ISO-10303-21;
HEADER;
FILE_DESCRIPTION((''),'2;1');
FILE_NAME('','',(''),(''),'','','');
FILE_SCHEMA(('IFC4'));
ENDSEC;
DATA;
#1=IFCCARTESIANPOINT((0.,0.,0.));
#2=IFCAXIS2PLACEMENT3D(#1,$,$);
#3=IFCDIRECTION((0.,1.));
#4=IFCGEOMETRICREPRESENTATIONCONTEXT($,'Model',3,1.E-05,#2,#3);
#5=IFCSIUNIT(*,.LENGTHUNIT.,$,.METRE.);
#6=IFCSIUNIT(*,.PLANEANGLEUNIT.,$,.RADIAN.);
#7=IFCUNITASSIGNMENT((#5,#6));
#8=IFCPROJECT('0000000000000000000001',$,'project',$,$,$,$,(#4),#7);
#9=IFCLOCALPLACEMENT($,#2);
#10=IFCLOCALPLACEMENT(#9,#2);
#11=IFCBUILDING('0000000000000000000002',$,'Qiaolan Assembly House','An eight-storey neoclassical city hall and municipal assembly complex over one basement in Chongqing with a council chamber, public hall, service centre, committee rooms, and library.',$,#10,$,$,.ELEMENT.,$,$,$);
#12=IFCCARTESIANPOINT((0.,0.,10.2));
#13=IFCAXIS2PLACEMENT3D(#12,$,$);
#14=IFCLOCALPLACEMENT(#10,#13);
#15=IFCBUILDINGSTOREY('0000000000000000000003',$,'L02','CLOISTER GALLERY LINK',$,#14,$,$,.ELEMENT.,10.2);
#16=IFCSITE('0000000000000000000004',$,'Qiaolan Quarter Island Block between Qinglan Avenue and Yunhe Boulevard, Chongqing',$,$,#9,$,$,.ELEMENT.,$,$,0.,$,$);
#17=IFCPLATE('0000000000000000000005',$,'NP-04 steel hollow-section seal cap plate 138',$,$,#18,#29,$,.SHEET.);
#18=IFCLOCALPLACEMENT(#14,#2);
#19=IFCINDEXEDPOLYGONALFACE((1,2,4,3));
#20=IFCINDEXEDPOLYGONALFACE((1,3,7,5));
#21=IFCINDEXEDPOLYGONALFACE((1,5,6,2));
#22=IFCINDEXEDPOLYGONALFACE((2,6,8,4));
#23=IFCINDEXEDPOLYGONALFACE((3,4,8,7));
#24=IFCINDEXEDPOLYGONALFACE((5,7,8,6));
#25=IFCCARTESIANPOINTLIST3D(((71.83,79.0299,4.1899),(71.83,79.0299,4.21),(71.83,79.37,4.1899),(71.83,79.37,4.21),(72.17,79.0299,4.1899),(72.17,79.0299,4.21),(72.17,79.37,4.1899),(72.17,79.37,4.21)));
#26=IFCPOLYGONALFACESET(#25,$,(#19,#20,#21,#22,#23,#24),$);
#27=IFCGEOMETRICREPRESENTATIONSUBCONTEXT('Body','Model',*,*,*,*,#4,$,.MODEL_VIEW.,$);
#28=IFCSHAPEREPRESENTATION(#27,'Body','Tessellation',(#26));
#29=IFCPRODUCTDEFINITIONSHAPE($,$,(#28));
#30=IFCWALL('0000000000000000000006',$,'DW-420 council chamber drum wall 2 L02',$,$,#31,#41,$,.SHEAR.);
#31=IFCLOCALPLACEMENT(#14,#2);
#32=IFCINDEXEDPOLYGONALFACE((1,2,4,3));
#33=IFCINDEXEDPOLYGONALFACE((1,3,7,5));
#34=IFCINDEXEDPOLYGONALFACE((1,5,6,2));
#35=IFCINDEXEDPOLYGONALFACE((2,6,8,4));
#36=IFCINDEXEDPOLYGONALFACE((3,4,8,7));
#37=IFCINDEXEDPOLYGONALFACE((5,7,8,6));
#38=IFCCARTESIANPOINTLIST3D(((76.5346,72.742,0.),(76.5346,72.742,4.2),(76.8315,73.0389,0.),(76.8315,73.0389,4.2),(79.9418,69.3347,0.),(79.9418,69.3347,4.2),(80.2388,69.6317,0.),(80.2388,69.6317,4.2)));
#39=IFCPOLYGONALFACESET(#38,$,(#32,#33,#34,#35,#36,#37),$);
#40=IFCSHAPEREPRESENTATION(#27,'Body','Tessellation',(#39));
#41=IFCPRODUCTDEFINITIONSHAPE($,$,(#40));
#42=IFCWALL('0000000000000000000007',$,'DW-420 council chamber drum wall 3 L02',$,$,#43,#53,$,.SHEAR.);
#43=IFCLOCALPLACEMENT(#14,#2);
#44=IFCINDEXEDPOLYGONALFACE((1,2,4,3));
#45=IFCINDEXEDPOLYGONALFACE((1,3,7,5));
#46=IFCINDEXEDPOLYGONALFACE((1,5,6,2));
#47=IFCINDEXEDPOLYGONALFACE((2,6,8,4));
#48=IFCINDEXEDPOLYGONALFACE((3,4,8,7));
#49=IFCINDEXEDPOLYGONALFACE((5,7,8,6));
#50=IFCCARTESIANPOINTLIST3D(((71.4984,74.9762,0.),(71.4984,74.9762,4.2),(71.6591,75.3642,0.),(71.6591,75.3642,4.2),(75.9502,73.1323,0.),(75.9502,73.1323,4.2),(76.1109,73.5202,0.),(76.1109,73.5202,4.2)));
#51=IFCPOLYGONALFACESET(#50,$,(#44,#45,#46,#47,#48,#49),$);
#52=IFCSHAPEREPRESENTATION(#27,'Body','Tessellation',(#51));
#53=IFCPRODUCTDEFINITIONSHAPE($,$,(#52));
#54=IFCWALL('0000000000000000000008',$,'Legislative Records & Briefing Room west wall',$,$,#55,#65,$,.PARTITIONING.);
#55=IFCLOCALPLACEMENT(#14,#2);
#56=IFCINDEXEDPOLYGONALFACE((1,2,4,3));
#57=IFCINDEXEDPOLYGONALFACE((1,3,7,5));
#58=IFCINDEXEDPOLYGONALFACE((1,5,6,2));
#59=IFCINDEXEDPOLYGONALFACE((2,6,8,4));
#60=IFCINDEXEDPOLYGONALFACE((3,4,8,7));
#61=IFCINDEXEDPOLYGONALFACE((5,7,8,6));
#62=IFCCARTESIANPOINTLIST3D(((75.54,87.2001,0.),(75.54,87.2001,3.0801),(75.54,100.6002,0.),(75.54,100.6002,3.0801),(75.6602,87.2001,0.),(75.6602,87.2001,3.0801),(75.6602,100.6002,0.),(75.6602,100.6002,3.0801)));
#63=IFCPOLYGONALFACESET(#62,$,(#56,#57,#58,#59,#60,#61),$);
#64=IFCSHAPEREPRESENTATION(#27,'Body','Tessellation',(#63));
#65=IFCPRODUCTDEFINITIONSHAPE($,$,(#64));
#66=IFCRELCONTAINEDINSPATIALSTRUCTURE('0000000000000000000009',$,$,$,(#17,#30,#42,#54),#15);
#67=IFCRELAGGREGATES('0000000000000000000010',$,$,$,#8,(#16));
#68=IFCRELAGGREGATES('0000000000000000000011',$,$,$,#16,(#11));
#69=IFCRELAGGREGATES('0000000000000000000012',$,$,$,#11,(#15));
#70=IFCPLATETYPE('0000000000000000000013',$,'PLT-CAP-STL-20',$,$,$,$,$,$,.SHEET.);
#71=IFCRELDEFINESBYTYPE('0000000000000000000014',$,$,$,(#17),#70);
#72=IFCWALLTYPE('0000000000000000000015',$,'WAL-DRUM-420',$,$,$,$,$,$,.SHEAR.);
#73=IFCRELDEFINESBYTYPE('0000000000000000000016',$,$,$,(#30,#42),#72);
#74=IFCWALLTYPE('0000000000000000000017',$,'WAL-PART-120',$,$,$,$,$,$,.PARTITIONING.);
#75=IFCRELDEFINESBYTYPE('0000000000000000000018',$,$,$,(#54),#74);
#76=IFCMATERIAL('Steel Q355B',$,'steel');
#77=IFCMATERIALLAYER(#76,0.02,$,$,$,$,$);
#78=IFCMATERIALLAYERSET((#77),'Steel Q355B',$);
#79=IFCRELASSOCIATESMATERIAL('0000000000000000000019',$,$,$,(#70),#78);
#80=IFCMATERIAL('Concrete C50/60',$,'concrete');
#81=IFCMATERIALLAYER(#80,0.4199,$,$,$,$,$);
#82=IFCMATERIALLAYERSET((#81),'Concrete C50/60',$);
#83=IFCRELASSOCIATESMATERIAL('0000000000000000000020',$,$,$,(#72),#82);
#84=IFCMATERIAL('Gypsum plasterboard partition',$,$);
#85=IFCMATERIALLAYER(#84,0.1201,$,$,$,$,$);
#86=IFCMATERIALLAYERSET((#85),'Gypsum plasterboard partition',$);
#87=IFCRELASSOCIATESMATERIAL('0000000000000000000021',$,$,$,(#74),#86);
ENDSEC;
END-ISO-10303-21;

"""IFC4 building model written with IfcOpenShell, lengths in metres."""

from ifc_helpers import new_model, si_unit, direction, frame, frame_2d, origin, origin_2d, place, context, subcontext, project, spatial, rectangle, extrude, material, layer, layer_set, type_object, element, save


model = new_model("IFC4")

# Units and contexts
model_context = context("Model", 3, precision=1e-05, world=origin(), true_north=direction((0.0, 1.0)))
body_context = subcontext(model_context, "Body", "Model", "MODEL_VIEW")
ifc_project = project(units=[si_unit("LENGTHUNIT", "METRE"), si_unit("PLANEANGLEUNIT", "RADIAN")], contexts=[model_context])

# Site, building, storey
site_placement = place(None, origin())
site = spatial("IfcSite", under=ifc_project, at=site_placement, Name="Qiaolan Quarter Island Block between Qinglan Avenue and Yunhe Boulevard, Chongqing", CompositionType="ELEMENT", RefElevation=0.0)
building_placement = place(site_placement, origin())
building = spatial("IfcBuilding", under=site, at=building_placement, Name="Qiaolan Assembly House", Description="An eight-storey neoclassical city hall and municipal assembly complex over one basement in Chongqing with a council chamber, public hall, service centre, committee rooms, and library.", CompositionType="ELEMENT")
storey_placement = place(building_placement, frame((0.0, 0.0, 10.2)))
storey = spatial("IfcBuildingStorey", under=building, at=storey_placement, Name="L02", Description="CLOISTER GALLERY LINK", CompositionType="ELEMENT", Elevation=10.2)

# Shared definitions
ifc_material_1 = material(Name="Concrete C50/60", Category="concrete")
ifc_material_2 = material(Name="Steel Q355B", Category="steel")

# Plate
ifc_layer_1 = layer(ifc_material_2, 0.02)
ifc_layer_set_1 = layer_set([ifc_layer_1], Name="Steel Q355B")
plate_type = type_object("IfcPlateType", Name="PLT-CAP-STL-20", PredefinedType="SHEET", material=ifc_layer_set_1)
plate_placement = place(storey_placement, frame((72.0, 79.2, 4.1899), z_axis=(0.0, 0.0, 1.0), x_axis=(1.0, 0.0, 0.0)))
element("IfcPlate", 1, at=plate_placement, inside=storey, type_object=plate_type, Name="NP-04 steel hollow-section seal cap plate 138", PredefinedType="SHEET", context=body_context, shape_type="SweptSolid", body=[
    extrude(rectangle(XDim=0.3401, YDim=0.3401, at=origin_2d()), origin(), (0.0, 0.0, 1.0), 0.02),
])

# Walls
ifc_layer_2 = layer(ifc_material_1, 0.4199)
ifc_layer_set_2 = layer_set([ifc_layer_2], Name="Concrete C50/60")
wall_type_1 = type_object("IfcWallType", Name="WAL-DRUM-420", PredefinedType="SHEAR", material=ifc_layer_set_2)
for number, where, z_axis, x_axis, name in (
    (2, (76.6831, 72.8904, 0.0), (0.0, 0.0, 1.0), (0.707107, -0.707107, 0.0), "DW-420 council chamber drum wall 2 L02"),
    (3, (71.5789, 75.1702, 0.0), (0.0, 0.0, 1.0), (0.923883, -0.382675, 0.0), "DW-420 council chamber drum wall 3 L02"),
):
    element("IfcWall", number, at=place(storey_placement, frame(where, z_axis=z_axis, x_axis=x_axis)), inside=storey, type_object=wall_type_1, Name=name, PredefinedType="SHEAR", context=body_context, shape_type="SweptSolid", body=[
        extrude(rectangle(XDim=4.8186, YDim=0.4199, at=frame_2d((2.4092, 0.0))), origin(), (0.0, 0.0, 1.0), 4.2),
    ])
ifc_material_3 = material(Name="Gypsum plasterboard partition")
ifc_layer_3 = layer(ifc_material_3, 0.1201)
ifc_layer_set_3 = layer_set([ifc_layer_3], Name="Gypsum plasterboard partition")
wall_type_2 = type_object("IfcWallType", Name="WAL-PART-120", PredefinedType="PARTITIONING", material=ifc_layer_set_3)
wall_placement = place(storey_placement, frame((75.6001, 87.2, 0.0), z_axis=(0.0, 0.0, 1.0), x_axis=(0.0, 1.0, 0.0)))
element("IfcWall", 4, at=wall_placement, inside=storey, type_object=wall_type_2, Name="Legislative Records & Briefing Room west wall", PredefinedType="PARTITIONING", context=body_context, shape_type="SweptSolid", body=[
    extrude(rectangle(XDim=13.4001, YDim=0.1201, at=frame_2d((6.7002, 0.0))), origin(), (0.0, 0.0, 1.0), 3.0801),
])

save(model, "model.ifc")
